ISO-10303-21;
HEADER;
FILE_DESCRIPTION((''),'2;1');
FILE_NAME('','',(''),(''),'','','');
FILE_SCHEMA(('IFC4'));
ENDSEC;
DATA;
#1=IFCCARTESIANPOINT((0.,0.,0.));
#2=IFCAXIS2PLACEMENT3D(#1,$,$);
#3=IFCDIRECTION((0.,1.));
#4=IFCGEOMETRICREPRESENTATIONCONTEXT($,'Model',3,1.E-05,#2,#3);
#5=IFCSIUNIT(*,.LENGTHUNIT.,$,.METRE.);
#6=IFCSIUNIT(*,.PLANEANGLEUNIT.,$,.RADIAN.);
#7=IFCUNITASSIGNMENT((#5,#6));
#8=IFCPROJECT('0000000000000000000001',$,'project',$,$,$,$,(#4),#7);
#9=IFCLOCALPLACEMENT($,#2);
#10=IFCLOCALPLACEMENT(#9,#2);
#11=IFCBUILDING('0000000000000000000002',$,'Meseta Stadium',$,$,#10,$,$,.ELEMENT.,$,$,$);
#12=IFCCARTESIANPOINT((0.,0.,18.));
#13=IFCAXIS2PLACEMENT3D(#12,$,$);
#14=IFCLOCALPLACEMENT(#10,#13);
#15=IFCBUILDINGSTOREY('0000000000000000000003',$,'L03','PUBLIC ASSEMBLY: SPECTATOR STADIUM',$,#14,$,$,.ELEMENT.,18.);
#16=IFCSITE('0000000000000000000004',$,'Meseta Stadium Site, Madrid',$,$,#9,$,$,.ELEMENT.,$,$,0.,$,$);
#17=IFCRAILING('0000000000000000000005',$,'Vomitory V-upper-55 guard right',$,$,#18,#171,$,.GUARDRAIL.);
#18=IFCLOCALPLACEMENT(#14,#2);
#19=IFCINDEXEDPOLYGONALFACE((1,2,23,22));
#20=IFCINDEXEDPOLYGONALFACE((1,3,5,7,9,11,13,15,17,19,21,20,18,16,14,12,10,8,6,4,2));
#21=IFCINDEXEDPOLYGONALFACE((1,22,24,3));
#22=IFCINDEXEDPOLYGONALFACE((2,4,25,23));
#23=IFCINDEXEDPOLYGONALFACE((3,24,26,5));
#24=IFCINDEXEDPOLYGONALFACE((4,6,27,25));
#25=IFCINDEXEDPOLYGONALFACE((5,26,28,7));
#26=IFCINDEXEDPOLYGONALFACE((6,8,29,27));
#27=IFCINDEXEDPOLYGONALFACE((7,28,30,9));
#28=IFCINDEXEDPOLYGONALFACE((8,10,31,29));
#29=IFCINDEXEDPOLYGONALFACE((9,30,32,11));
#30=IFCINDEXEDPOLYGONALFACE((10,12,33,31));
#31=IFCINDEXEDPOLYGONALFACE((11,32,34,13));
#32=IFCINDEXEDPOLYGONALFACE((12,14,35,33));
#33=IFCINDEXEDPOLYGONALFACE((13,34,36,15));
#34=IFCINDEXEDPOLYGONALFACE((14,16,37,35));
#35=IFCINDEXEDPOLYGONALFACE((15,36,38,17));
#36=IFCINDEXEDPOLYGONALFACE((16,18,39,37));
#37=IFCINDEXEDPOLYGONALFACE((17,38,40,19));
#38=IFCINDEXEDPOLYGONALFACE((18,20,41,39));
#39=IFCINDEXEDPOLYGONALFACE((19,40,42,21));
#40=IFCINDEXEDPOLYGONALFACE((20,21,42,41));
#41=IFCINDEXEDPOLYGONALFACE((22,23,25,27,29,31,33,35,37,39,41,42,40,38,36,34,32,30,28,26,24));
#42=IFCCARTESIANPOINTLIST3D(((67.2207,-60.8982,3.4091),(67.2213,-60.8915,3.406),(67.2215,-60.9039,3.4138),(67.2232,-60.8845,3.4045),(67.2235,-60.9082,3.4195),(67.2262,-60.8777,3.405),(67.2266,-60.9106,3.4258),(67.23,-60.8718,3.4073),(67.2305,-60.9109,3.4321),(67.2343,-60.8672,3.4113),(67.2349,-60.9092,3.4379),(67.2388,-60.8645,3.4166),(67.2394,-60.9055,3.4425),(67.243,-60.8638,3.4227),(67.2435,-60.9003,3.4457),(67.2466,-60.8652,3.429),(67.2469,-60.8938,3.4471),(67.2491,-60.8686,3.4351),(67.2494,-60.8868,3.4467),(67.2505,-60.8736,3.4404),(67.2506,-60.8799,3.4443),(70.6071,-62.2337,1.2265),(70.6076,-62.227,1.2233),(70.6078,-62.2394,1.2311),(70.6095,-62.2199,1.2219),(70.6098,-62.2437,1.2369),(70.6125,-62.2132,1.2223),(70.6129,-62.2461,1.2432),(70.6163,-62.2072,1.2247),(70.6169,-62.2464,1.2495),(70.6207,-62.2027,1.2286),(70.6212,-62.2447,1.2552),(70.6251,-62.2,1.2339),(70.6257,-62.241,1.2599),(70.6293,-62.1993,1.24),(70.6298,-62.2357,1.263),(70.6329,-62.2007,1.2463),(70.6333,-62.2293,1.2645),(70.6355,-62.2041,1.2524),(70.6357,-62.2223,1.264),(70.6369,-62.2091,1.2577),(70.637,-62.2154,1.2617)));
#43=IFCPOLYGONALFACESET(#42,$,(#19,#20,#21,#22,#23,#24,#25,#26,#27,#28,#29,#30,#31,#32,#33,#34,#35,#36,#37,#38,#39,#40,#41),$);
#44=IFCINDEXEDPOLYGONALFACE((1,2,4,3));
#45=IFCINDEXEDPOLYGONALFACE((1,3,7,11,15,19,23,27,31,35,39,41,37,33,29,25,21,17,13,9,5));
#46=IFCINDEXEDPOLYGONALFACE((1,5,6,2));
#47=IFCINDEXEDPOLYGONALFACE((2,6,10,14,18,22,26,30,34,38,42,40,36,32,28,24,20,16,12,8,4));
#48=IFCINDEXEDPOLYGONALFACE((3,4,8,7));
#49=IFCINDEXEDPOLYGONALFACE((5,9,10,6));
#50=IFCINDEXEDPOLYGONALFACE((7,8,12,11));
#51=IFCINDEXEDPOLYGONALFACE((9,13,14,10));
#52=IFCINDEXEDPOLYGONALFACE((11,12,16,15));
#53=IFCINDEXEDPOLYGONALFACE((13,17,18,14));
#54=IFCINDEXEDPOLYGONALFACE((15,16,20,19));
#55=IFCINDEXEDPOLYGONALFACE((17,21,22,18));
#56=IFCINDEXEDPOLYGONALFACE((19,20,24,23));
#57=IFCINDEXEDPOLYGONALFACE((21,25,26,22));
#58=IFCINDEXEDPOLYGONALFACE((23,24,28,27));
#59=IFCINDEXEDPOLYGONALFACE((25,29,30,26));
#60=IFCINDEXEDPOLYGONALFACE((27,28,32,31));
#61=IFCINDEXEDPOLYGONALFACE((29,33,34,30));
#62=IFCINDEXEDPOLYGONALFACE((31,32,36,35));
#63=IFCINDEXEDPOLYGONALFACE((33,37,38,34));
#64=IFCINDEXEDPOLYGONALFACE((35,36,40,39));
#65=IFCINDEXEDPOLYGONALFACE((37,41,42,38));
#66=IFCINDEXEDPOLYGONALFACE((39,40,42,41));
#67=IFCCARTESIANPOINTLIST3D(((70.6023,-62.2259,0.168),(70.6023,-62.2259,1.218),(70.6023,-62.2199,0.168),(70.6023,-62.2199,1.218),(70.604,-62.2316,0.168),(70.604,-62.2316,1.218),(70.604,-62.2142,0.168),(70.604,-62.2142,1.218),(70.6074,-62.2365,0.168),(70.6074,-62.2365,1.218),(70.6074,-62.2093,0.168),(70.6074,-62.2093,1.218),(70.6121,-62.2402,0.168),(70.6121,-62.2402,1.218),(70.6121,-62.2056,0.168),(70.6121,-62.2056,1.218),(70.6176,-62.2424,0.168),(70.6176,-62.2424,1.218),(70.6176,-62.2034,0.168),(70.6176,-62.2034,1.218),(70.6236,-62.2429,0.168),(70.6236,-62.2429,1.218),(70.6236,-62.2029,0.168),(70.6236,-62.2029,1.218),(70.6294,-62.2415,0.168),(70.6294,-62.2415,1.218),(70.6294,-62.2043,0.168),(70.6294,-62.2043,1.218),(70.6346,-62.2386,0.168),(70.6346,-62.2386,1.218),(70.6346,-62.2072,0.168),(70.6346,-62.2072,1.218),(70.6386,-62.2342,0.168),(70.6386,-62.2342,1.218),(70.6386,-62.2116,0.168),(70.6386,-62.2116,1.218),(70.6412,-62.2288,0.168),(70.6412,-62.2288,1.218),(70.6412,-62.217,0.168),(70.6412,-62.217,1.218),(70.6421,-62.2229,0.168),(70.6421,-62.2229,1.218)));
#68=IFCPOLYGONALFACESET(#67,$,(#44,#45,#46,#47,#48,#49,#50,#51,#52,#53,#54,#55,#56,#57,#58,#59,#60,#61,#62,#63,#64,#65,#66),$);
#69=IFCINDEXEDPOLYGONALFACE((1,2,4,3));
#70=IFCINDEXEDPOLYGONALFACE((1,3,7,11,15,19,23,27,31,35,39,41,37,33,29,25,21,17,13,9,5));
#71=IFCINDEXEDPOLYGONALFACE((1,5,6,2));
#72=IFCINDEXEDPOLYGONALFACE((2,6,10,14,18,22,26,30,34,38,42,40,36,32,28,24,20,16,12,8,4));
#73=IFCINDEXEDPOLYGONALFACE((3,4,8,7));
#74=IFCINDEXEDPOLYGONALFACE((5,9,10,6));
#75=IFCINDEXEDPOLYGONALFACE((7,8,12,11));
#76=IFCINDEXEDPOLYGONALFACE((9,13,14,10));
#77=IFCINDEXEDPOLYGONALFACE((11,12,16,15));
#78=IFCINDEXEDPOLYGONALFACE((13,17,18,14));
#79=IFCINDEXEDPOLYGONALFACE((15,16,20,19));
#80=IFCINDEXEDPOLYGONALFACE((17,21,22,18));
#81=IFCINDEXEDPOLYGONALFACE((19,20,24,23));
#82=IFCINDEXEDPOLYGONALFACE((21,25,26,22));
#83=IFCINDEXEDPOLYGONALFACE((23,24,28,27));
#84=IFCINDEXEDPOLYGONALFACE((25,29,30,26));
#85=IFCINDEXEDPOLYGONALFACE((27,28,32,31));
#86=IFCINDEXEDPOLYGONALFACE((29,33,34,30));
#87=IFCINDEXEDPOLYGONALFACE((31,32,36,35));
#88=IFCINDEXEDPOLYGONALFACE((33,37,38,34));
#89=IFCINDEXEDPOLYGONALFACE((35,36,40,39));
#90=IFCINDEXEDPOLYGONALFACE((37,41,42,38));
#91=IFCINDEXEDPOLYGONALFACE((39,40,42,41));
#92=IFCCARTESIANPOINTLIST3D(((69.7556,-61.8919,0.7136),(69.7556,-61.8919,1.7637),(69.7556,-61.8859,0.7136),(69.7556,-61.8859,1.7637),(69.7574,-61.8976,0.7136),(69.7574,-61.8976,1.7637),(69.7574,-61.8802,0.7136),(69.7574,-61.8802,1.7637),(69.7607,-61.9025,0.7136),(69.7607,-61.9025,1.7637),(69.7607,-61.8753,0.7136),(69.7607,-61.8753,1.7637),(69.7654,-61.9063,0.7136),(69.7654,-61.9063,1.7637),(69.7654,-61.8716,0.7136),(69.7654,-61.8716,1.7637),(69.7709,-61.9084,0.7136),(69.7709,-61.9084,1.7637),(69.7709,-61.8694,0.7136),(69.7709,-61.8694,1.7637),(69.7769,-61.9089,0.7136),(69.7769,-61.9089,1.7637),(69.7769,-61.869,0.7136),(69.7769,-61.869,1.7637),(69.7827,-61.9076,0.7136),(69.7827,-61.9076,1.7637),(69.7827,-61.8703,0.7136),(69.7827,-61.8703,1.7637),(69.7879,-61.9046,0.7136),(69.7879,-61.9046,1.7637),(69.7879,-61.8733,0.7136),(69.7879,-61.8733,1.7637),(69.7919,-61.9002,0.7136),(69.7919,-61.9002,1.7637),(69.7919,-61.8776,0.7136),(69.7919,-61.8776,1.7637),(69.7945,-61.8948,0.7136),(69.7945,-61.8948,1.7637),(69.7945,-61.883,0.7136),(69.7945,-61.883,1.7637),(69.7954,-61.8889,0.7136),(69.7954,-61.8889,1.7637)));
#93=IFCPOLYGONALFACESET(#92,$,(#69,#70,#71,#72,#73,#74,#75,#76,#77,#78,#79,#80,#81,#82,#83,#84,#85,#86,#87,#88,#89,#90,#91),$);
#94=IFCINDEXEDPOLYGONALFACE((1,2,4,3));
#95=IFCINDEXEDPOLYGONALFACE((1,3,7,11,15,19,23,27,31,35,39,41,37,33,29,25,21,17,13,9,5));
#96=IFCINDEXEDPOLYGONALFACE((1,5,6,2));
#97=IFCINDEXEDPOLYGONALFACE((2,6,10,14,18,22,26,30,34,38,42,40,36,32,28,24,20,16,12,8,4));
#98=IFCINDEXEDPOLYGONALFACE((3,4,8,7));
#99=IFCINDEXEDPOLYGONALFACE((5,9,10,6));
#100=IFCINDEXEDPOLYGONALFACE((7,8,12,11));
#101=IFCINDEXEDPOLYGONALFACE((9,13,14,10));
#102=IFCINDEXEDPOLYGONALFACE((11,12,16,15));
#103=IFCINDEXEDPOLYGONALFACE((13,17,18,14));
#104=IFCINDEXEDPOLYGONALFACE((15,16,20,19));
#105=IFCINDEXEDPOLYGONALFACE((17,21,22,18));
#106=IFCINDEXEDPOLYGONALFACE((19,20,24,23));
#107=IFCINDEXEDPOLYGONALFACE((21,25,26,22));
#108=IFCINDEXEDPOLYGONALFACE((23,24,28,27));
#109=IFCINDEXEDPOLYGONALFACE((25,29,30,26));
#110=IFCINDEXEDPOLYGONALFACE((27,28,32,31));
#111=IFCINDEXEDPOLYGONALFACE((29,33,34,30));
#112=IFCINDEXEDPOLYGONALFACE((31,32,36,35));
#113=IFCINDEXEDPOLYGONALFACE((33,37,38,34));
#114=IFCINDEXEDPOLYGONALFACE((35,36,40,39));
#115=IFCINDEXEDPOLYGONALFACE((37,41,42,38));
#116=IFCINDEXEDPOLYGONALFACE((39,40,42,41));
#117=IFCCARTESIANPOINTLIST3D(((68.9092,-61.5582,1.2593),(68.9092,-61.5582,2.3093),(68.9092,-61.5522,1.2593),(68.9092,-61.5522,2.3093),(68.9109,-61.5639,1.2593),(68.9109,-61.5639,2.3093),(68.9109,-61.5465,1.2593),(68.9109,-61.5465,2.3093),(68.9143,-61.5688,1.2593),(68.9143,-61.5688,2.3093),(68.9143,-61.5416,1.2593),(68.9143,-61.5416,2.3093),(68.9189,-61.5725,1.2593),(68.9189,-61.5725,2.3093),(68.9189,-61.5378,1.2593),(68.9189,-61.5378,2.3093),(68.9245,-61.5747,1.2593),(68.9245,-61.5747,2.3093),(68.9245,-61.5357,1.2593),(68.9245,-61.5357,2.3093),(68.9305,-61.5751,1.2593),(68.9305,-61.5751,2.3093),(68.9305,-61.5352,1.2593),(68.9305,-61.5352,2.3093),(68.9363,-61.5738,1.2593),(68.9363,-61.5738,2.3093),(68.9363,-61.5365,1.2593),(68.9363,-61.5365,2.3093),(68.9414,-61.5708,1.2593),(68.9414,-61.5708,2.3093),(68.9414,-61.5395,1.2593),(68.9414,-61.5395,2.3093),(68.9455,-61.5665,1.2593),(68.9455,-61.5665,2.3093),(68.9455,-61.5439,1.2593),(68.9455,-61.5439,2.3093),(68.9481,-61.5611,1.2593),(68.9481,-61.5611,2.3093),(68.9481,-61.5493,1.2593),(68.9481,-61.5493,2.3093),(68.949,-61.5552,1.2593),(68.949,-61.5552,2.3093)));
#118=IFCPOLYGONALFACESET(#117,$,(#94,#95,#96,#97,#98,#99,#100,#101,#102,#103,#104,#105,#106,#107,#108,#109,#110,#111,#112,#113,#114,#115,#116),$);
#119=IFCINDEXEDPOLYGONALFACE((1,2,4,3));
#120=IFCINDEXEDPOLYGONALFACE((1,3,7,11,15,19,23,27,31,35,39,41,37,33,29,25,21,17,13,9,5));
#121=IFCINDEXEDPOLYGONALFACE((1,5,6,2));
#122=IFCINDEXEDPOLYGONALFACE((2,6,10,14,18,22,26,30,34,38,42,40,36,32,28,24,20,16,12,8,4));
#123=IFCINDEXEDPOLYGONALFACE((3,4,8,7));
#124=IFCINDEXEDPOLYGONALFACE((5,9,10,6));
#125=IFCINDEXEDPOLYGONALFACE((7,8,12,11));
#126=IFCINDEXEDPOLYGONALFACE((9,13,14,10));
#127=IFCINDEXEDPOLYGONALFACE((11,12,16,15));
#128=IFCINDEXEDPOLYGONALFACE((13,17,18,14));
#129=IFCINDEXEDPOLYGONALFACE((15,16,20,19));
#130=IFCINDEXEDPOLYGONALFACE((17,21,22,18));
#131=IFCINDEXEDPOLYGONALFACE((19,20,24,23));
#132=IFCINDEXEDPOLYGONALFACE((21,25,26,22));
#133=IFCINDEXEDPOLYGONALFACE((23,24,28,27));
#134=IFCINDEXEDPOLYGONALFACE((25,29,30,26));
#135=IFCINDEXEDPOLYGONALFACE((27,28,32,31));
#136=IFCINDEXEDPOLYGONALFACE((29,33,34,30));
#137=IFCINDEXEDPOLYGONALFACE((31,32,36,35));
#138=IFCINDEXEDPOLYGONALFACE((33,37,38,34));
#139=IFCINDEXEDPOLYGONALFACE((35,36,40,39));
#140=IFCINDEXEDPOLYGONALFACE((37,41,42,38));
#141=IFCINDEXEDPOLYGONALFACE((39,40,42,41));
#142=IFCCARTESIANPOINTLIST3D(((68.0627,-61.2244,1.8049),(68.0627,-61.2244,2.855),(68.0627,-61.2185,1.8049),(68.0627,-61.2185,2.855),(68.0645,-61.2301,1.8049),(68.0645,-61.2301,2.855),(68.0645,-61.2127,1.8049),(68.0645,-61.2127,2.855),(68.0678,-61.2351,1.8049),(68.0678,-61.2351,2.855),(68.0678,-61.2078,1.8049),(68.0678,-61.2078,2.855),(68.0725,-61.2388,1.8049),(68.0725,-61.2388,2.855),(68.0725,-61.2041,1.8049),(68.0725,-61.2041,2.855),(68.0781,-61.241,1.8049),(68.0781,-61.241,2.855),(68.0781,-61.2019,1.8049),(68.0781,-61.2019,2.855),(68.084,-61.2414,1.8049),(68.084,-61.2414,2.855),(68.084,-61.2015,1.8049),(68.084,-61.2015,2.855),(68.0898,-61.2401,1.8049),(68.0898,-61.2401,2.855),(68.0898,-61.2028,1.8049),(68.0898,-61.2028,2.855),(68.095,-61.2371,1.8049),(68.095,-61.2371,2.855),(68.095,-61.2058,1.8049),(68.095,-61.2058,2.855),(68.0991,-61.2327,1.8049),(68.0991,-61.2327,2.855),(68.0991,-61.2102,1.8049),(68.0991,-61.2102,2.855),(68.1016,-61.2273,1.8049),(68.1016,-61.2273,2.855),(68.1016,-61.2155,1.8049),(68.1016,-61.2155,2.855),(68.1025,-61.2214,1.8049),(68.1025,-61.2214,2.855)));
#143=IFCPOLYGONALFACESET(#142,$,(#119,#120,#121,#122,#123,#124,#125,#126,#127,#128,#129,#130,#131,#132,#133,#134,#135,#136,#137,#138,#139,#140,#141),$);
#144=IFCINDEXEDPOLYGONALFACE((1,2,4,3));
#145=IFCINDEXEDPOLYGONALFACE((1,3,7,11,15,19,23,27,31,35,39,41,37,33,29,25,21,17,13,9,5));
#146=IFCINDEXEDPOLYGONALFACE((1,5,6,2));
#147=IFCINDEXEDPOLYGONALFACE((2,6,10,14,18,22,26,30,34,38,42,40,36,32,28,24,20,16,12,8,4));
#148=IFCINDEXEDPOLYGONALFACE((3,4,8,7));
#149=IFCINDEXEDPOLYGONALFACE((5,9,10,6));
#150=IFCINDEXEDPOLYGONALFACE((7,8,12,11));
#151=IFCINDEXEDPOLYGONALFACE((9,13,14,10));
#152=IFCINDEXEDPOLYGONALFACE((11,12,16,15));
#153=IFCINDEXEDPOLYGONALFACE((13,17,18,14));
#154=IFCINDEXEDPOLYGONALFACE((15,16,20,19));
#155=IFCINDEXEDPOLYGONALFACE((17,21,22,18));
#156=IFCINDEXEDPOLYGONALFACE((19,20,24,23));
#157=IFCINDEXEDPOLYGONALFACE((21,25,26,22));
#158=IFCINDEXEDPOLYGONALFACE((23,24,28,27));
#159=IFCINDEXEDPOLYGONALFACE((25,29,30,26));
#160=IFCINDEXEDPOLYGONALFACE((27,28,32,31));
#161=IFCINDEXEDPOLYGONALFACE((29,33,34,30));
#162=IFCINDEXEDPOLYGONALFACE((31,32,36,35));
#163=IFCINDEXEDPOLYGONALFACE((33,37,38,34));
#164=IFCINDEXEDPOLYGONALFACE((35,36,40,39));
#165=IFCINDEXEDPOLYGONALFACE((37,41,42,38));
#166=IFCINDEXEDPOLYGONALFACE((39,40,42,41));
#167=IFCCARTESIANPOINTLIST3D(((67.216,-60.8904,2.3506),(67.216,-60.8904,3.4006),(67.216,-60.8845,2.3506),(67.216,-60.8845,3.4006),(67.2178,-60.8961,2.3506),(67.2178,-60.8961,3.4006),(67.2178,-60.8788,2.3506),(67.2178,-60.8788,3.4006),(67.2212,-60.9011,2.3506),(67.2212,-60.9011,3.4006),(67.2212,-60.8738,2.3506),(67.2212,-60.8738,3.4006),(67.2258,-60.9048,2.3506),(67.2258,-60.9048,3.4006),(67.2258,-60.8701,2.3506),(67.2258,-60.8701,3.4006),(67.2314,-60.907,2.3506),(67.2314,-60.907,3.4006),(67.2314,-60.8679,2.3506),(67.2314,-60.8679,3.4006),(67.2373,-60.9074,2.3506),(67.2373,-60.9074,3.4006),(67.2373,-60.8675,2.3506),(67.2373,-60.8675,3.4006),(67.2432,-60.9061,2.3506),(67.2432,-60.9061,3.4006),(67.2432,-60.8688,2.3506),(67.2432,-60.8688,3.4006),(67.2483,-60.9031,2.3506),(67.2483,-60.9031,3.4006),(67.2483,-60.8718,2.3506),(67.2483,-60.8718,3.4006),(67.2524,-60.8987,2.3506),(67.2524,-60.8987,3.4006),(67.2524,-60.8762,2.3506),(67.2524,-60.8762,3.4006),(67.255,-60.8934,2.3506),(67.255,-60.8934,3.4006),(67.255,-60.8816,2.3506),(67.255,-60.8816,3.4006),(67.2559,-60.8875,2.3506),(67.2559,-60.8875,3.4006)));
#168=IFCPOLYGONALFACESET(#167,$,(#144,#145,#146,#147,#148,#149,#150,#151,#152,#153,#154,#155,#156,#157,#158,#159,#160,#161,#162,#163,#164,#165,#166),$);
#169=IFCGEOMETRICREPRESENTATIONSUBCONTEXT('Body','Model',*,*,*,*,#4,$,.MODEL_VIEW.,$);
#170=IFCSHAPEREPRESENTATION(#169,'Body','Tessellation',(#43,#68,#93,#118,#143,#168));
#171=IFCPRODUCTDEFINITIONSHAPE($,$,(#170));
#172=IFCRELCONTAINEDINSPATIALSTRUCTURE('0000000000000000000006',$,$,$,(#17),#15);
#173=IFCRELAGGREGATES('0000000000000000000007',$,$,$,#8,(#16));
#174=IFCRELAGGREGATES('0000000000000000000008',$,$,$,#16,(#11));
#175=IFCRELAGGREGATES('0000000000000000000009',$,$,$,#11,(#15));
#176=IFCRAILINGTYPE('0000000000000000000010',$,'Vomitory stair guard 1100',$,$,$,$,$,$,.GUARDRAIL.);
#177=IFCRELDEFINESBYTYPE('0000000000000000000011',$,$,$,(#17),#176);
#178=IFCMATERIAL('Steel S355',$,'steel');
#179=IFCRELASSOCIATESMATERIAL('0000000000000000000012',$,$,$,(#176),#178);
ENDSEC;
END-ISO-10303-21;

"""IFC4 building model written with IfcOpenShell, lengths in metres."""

from ifc_helpers import new_model, si_unit, direction, frame, origin, origin_2d, place, context, subcontext, project, spatial, circle, extrude, material, type_object, element, save


model = new_model("IFC4")

# Units and contexts
model_context = context("Model", 3, precision=1e-05, world=origin(), true_north=direction((0.0, 1.0)))
body_context = subcontext(model_context, "Body", "Model", "MODEL_VIEW")
ifc_project = project(units=[si_unit("LENGTHUNIT", "METRE"), si_unit("PLANEANGLEUNIT", "RADIAN")], contexts=[model_context])

# Site, building, storey
site_placement = place(None, origin())
site = spatial("IfcSite", under=ifc_project, at=site_placement, Name="Meseta Stadium Site, Madrid", CompositionType="ELEMENT", RefElevation=0.0)
building_placement = place(site_placement, origin())
building = spatial("IfcBuilding", under=site, at=building_placement, Name="Meseta Stadium", CompositionType="ELEMENT")
storey_placement = place(building_placement, frame((0.0, 0.0, 18.0)))
storey = spatial("IfcBuildingStorey", under=building, at=storey_placement, Name="L03", Description="PUBLIC ASSEMBLY: SPECTATOR STADIUM", CompositionType="ELEMENT", Elevation=18.0)

# Railing
ifc_material_1 = material(Name="Steel S355", Category="steel")
railing_type_1 = type_object("IfcRailingType", Name="Vomitory stair guard 1100", PredefinedType="GUARDRAIL", material=ifc_material_1)
for number, where, name in (
    (1, (70.6221, -62.2229, 0.168), "Vomitory V-upper-55 guard right"),
):
    element("IfcRailing", number, at=place(storey_placement, frame(where)), inside=storey, type_object=railing_type_1, Name=name, PredefinedType="GUARDRAIL", context=body_context, shape_type="SweptSolid", body=[
        extrude(circle(Radius=0.0249, at=origin_2d()), frame((0.0, 0.0, 1.0752), z_axis=(-0.797836, 0.314648, 0.514251), x_axis=(-0.366876, -0.93027, 0.0)), (0.0, 0.0, 1.0), 4.2444),
        extrude(circle(Radius=0.02, at=origin_2d()), origin(), (0.0, 0.0, 1.0), 1.05),
        extrude(circle(Radius=0.02, at=origin_2d()), frame((-0.8467, 0.334, 0.5457)), (0.0, 0.0, 1.0), 1.05),
        extrude(circle(Radius=0.02, at=origin_2d()), frame((-1.6931, 0.6677, 1.0913)), (0.0, 0.0, 1.0), 1.05),
        extrude(circle(Radius=0.02, at=origin_2d()), frame((-2.5396, 1.0015, 1.637)), (0.0, 0.0, 1.0), 1.05),
        extrude(circle(Radius=0.02, at=origin_2d()), frame((-3.3862, 1.3354, 2.1826)), (0.0, 0.0, 1.0), 1.05),
    ])

save(model, "model.ifc")
